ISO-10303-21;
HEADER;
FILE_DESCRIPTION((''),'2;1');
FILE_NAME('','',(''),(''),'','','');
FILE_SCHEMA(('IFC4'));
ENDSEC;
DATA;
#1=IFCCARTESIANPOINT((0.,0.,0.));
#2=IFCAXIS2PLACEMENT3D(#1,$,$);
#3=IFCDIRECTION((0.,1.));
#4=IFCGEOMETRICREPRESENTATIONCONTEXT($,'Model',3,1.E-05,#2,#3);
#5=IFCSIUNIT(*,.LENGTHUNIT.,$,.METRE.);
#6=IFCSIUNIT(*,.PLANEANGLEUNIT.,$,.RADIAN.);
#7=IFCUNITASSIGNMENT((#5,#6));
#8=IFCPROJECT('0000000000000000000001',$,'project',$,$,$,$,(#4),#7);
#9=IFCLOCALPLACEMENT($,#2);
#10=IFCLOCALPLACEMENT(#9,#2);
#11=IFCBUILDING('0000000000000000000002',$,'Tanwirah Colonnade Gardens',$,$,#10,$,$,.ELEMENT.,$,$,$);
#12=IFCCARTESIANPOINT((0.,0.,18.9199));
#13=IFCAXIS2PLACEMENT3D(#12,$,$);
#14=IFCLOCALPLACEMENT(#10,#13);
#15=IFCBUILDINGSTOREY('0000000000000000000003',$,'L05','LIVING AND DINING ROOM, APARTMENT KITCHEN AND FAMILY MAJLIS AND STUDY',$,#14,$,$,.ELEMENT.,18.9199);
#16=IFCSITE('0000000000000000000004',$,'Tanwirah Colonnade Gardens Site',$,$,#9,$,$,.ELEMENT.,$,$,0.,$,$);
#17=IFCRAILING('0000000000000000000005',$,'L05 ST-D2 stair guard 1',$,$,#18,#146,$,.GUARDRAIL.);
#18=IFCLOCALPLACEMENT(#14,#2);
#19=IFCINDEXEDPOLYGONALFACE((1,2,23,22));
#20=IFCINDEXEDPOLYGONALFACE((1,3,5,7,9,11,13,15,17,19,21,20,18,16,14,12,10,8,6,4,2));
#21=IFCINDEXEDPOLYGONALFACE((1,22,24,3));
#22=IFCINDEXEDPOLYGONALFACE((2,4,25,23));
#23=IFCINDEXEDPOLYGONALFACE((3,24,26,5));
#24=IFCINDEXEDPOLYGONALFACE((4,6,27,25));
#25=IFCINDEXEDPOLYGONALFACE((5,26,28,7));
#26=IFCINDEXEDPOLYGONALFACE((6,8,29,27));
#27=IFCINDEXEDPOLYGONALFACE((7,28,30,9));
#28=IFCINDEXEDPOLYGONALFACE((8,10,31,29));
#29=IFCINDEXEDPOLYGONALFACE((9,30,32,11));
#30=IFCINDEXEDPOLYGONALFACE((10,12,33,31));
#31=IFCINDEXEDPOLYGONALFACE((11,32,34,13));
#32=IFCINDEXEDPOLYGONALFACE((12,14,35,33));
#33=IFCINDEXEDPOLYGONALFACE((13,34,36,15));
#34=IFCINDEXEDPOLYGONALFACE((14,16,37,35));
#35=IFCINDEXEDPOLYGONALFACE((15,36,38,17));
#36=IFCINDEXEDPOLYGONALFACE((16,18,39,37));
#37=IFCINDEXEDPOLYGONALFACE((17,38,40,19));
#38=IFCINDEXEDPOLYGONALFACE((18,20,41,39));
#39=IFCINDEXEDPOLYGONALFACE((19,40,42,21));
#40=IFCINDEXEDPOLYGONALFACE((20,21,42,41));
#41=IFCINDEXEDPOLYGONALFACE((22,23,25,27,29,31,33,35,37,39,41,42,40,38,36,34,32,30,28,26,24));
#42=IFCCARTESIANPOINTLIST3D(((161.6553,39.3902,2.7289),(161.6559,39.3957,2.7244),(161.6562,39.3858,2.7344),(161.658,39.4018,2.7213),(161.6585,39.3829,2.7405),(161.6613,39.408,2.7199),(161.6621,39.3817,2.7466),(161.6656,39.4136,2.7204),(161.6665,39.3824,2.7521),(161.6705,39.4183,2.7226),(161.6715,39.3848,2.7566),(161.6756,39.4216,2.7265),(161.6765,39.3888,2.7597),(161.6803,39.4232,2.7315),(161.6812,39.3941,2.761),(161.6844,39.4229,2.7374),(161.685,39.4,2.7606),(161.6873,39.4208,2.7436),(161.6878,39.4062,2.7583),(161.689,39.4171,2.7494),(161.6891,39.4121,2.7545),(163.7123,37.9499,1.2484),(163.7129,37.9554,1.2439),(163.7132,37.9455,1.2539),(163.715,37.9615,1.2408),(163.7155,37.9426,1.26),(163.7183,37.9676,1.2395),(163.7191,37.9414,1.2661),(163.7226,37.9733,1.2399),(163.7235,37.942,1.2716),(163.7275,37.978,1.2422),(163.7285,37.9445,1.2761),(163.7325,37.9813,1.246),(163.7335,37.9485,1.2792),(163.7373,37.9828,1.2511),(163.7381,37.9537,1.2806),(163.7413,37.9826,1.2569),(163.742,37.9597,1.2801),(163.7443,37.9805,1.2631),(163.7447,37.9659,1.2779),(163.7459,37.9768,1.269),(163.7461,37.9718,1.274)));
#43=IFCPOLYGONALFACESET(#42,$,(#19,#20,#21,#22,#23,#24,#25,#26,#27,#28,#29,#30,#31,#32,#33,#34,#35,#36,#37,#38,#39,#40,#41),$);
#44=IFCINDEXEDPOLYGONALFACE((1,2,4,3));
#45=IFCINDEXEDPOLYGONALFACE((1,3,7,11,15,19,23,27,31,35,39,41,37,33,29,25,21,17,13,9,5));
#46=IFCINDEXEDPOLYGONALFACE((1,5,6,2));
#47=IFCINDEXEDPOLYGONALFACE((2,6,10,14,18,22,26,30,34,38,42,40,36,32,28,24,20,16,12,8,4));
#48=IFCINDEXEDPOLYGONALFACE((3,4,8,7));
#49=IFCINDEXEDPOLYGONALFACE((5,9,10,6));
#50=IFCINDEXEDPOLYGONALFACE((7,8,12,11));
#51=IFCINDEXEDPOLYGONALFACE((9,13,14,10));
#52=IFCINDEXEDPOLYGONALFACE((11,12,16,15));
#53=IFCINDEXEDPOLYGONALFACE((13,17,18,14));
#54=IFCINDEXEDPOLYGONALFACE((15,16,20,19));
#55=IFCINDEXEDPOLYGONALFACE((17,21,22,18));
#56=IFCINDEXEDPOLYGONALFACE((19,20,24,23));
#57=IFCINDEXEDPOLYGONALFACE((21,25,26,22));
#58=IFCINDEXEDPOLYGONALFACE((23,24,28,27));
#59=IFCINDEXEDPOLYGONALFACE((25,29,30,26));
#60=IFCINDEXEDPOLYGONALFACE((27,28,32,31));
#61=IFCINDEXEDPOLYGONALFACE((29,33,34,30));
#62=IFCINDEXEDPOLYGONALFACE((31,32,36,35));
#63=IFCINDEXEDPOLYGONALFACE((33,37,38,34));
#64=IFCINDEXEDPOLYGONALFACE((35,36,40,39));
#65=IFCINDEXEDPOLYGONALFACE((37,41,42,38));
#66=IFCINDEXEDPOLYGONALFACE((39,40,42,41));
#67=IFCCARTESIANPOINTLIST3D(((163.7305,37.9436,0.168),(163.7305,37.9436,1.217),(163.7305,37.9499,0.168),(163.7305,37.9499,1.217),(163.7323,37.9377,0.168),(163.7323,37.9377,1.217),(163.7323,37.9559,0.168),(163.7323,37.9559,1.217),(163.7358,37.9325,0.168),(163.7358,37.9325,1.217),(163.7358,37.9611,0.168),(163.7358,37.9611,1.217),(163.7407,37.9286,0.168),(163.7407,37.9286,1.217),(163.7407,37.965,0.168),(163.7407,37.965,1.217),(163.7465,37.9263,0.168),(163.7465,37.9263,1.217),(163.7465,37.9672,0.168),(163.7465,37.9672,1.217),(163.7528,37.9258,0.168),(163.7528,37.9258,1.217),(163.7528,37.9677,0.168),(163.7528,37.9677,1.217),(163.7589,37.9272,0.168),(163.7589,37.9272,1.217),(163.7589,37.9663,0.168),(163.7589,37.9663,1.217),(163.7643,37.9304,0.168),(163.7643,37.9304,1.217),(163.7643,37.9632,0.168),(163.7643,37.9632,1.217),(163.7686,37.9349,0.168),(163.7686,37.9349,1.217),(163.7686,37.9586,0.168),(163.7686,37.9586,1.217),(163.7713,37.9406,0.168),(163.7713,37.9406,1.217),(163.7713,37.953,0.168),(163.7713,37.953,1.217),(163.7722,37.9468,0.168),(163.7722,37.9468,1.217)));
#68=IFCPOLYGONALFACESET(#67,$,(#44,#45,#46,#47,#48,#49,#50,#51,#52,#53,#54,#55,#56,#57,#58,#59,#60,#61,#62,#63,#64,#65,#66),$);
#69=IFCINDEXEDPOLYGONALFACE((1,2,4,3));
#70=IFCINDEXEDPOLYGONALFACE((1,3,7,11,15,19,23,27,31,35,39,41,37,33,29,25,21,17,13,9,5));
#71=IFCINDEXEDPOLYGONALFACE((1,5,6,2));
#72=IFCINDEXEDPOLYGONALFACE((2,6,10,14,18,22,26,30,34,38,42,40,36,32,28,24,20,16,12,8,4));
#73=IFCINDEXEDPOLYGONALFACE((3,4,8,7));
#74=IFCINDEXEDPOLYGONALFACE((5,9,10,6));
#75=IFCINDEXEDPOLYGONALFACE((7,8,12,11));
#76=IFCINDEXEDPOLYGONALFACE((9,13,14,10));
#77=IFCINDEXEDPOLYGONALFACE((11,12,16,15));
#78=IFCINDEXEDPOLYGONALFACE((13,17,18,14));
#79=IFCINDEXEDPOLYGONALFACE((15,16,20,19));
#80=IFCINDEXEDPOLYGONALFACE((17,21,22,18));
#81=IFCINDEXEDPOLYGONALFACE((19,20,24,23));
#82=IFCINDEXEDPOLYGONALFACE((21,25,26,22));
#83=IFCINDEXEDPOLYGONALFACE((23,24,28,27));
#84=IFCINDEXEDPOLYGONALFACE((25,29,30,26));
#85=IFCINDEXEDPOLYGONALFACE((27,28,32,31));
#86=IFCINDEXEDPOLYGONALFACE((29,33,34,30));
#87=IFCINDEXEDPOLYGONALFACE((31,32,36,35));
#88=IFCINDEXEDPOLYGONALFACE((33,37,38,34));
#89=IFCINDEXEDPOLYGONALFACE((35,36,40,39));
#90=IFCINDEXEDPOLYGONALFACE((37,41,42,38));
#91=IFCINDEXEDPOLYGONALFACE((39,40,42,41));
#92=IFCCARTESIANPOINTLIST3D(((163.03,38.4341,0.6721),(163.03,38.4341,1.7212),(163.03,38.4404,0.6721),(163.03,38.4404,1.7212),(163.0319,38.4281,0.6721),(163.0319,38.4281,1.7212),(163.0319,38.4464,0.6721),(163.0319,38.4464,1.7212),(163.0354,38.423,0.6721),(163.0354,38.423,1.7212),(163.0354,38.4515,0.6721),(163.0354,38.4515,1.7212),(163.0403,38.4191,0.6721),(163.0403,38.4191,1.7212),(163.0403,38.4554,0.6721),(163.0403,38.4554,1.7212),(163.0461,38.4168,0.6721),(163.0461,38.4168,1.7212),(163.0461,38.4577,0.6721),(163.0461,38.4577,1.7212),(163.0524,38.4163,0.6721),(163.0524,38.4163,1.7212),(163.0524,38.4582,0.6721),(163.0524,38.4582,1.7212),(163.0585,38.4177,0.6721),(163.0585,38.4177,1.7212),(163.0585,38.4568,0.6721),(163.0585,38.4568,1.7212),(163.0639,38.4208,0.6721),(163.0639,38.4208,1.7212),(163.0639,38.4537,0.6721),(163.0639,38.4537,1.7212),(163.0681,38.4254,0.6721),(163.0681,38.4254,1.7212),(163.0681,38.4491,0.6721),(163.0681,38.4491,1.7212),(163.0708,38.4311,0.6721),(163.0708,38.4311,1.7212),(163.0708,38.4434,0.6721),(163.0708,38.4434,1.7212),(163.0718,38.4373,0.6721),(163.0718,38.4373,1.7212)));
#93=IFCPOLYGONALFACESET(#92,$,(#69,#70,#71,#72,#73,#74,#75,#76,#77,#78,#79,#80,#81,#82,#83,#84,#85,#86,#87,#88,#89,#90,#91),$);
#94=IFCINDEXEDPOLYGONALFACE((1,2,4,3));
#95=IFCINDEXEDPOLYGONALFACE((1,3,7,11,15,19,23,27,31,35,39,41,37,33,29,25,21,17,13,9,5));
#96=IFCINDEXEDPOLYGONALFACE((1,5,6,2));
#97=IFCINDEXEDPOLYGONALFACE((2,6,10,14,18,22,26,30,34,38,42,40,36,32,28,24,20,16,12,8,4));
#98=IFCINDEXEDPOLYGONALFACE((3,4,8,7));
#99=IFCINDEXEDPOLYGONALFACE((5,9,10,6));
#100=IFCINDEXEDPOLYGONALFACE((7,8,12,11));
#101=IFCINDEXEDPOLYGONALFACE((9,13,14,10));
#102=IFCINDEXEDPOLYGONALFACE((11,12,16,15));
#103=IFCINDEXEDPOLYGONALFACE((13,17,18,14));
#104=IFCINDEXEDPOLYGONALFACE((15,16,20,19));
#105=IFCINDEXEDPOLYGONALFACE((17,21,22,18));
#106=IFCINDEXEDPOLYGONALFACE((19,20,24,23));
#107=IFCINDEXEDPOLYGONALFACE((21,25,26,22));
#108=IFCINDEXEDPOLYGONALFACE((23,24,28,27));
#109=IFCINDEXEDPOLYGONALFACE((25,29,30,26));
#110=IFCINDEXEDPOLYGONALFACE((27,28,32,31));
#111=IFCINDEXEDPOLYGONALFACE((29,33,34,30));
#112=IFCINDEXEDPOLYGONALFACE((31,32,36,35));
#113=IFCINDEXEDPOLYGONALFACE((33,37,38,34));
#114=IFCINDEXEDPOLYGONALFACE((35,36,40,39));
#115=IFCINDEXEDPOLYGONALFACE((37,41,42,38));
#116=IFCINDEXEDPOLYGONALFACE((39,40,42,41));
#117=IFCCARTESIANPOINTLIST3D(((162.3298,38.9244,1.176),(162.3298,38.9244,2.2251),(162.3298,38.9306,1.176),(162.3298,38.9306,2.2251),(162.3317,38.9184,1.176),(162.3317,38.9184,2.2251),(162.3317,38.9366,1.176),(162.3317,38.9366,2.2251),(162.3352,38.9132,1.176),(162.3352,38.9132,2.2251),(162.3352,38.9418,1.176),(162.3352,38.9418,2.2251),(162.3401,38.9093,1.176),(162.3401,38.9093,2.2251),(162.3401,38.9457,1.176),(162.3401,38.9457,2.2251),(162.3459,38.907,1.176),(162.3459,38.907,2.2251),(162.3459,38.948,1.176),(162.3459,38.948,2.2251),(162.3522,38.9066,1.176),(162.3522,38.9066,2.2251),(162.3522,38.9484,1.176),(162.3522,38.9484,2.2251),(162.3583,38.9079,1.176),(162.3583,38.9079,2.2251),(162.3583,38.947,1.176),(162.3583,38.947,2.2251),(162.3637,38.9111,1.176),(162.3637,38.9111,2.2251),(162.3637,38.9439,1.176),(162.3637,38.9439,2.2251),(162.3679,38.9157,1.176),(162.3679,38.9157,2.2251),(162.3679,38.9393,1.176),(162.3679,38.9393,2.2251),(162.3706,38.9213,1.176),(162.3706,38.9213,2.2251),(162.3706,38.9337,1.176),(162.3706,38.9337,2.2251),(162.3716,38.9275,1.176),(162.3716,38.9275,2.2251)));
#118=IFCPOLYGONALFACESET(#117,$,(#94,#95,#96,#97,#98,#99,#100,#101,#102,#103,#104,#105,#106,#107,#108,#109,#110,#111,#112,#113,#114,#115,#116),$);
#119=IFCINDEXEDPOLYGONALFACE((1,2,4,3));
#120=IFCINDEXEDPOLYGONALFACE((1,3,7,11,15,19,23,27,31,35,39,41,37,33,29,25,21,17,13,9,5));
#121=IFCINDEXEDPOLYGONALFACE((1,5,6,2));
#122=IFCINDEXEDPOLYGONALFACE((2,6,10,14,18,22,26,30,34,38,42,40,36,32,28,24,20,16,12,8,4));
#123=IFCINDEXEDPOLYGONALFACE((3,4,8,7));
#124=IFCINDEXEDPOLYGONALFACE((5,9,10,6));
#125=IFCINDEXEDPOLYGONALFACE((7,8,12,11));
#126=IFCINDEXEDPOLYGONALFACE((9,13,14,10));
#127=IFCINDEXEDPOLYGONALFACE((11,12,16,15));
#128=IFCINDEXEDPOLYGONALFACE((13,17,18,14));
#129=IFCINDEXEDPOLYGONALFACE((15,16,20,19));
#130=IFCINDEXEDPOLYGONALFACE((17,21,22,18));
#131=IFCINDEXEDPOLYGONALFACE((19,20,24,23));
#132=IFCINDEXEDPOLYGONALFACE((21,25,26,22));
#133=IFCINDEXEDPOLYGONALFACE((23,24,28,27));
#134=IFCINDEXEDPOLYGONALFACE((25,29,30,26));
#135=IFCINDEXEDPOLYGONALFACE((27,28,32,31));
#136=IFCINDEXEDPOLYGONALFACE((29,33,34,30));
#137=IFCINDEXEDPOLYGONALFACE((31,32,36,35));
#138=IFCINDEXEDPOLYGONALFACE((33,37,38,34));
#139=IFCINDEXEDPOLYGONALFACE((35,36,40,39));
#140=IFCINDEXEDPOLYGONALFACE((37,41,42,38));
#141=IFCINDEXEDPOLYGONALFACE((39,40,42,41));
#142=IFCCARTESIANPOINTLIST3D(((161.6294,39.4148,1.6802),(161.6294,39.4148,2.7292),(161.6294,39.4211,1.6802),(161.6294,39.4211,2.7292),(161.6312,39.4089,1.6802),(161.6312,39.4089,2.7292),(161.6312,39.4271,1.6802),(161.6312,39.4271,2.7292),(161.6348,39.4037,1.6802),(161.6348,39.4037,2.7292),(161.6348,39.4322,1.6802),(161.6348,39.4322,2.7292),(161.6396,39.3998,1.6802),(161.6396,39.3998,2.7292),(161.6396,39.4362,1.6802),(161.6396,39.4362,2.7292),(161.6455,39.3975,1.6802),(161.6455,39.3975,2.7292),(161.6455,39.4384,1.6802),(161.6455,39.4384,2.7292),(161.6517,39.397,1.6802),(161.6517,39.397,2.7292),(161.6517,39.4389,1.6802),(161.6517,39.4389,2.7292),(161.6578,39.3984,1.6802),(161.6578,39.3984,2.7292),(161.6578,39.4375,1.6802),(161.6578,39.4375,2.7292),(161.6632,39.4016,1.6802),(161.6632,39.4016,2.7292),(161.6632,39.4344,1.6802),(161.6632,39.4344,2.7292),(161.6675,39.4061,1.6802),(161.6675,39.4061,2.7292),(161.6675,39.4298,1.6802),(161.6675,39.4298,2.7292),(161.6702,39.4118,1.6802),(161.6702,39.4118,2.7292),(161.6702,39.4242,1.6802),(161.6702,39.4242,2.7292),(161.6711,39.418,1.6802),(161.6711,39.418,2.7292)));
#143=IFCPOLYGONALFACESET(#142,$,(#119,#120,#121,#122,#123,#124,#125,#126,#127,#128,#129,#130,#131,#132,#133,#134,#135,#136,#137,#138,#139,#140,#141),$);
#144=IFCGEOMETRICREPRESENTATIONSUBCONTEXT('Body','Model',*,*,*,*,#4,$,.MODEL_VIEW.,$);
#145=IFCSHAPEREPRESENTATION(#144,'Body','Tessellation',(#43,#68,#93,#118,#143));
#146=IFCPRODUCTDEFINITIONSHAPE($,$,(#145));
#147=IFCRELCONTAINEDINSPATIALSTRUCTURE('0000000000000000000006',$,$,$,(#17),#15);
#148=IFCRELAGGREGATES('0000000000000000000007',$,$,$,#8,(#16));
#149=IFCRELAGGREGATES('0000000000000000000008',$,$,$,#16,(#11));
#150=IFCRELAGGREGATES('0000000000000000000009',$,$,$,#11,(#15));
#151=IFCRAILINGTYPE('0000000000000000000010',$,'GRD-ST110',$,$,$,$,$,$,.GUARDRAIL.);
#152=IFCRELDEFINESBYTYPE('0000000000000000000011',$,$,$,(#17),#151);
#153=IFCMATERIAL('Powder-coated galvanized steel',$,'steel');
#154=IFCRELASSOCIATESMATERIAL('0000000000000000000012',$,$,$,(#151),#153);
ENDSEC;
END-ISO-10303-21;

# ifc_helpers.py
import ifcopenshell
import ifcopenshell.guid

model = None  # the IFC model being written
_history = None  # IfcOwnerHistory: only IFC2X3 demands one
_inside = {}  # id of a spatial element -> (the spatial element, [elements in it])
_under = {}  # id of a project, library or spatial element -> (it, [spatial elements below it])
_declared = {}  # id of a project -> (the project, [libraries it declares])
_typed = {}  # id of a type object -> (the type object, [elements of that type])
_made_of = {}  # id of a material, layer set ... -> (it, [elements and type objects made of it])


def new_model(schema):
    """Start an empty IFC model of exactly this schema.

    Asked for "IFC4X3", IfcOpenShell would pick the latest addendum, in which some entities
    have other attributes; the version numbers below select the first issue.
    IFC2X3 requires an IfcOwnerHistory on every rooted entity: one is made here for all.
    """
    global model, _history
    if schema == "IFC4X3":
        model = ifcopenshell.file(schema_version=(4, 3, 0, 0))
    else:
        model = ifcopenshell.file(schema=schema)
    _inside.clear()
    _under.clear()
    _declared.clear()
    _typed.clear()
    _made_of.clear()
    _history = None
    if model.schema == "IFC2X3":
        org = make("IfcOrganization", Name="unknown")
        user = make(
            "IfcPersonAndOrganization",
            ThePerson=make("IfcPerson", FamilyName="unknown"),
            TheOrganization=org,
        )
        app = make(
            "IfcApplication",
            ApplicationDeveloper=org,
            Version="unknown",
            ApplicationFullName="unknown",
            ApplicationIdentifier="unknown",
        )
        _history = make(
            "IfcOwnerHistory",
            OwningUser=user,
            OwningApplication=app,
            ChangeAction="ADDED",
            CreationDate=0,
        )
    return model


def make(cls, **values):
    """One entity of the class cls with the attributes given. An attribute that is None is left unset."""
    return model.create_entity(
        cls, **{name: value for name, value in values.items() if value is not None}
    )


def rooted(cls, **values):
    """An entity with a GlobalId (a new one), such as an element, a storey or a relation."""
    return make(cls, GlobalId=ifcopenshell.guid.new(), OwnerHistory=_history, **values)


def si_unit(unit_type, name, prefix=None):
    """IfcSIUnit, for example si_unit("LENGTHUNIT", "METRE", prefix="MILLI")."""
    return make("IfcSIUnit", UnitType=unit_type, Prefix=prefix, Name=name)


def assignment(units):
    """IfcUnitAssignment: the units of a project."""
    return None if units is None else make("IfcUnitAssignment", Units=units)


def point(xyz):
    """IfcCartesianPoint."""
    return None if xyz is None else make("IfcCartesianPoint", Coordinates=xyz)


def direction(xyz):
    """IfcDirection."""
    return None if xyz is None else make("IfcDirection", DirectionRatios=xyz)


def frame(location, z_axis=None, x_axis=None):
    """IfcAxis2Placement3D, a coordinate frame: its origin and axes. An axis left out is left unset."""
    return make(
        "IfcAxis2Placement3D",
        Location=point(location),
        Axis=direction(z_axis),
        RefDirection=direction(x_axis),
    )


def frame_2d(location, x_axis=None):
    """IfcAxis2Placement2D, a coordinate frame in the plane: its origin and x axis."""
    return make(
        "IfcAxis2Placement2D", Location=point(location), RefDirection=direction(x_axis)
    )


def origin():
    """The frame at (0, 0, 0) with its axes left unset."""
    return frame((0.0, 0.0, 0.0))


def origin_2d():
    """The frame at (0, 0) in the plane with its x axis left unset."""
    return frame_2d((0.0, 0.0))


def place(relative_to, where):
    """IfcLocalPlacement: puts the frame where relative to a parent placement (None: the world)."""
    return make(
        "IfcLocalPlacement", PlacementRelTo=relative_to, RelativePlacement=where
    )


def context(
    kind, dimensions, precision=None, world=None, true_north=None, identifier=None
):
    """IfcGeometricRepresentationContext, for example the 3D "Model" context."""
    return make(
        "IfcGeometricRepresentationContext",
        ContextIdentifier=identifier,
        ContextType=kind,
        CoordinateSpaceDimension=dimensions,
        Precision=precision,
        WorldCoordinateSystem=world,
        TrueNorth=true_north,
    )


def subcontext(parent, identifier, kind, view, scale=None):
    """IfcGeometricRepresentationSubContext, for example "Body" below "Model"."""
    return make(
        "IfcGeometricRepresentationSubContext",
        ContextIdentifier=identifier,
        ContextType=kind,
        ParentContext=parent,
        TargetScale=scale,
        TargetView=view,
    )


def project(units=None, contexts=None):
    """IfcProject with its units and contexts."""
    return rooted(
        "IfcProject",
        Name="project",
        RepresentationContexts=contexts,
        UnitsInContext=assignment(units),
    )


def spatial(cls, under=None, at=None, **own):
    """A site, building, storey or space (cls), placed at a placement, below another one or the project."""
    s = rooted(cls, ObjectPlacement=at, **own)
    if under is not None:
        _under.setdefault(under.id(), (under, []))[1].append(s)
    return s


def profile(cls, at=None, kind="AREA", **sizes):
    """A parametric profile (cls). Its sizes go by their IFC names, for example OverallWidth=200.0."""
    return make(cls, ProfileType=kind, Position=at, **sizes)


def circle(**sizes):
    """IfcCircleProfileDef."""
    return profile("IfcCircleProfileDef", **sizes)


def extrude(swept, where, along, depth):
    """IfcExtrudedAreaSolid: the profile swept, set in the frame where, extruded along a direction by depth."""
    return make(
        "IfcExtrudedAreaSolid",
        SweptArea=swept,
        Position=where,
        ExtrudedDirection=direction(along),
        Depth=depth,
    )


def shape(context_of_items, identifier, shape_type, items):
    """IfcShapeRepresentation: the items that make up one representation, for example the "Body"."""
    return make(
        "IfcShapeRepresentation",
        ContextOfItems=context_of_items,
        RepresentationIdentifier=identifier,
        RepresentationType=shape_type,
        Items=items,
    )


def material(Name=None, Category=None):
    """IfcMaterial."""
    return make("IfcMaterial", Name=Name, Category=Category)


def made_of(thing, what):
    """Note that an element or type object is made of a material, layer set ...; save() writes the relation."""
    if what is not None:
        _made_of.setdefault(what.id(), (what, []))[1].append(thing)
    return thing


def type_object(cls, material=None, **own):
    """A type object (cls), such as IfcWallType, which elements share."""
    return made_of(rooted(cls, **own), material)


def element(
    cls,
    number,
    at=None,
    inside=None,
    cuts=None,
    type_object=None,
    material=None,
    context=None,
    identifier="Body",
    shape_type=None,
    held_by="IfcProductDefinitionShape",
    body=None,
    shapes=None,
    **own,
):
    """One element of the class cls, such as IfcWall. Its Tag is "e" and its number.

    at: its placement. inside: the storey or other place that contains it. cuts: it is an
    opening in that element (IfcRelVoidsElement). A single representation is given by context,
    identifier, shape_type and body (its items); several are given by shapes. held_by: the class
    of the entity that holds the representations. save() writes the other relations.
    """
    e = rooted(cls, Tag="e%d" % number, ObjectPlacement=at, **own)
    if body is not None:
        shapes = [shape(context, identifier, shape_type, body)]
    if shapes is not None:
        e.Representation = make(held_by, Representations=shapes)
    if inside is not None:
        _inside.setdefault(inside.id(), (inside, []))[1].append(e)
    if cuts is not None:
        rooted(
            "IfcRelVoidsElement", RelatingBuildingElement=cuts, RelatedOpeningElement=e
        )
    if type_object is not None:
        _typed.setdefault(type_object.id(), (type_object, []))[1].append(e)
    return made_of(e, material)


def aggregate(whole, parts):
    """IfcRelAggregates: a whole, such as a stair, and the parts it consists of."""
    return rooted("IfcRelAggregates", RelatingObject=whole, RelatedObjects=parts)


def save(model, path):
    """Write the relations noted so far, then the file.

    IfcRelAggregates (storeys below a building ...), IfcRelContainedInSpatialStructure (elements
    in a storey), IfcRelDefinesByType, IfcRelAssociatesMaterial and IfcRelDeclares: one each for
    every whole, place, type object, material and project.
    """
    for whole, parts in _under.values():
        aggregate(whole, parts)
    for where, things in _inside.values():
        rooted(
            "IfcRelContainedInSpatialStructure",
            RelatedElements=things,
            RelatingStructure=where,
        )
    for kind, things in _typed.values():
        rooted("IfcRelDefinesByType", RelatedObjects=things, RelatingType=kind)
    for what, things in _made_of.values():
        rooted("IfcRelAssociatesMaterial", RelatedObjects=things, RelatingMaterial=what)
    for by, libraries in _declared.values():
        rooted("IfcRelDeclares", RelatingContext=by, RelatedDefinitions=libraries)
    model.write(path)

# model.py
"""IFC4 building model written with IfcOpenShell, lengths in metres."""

from ifc_helpers import new_model, si_unit, direction, frame, origin, origin_2d, place, context, subcontext, project, spatial, circle, extrude, material, type_object, element, save


model = new_model("IFC4")

# Units and contexts
model_context = context("Model", 3, precision=1e-05, world=origin(), true_north=direction((0.0, 1.0)))
body_context = subcontext(model_context, "Body", "Model", "MODEL_VIEW")
ifc_project = project(units=[si_unit("LENGTHUNIT", "METRE"), si_unit("PLANEANGLEUNIT", "RADIAN")], contexts=[model_context])

# Site, building, storey
site_placement = place(None, origin())
site = spatial("IfcSite", under=ifc_project, at=site_placement, Name="Tanwirah Colonnade Gardens Site", CompositionType="ELEMENT", RefElevation=0.0)
building_placement = place(site_placement, origin())
building = spatial("IfcBuilding", under=site, at=building_placement, Name="Tanwirah Colonnade Gardens", CompositionType="ELEMENT")
storey_placement = place(building_placement, frame((0.0, 0.0, 18.9199)))
storey = spatial("IfcBuildingStorey", under=building, at=storey_placement, Name="L05", Description="LIVING AND DINING ROOM, APARTMENT KITCHEN AND FAMILY MAJLIS AND STUDY", CompositionType="ELEMENT", Elevation=18.9199)

# Railing
ifc_material_1 = material(Name="Powder-coated galvanized steel", Category="steel")
railing_type_1 = type_object("IfcRailingType", Name="GRD-ST110", PredefinedType="GUARDRAIL", material=ifc_material_1)
railing_1_placement = place(storey_placement, frame((163.7512, 37.9468, 0.168)))
element("IfcRailing", 1, at=railing_1_placement, inside=storey, type_object=railing_type_1, Name="L05 ST-D2 stair guard 1", PredefinedType="GUARDRAIL", context=body_context, shape_type="SweptSolid", body=[
    extrude(circle(Radius=0.0239, at=origin_2d()), frame((-0.022, 0.0154, 1.092), z_axis=(-0.705643, 0.494098, 0.507873), x_axis=(-0.573577, -0.819151, 0.0)), (0.0, 0.0, 1.0), 2.915),
    extrude(circle(Radius=0.021, at=origin_2d()), origin(), (0.0, 0.0, 1.0), 1.0491),
    extrude(circle(Radius=0.021, at=origin_2d()), frame((-0.7004, 0.4905, 0.5042)), (0.0, 0.0, 1.0), 1.0491),
    extrude(circle(Radius=0.021, at=origin_2d()), frame((-1.4006, 0.9807, 1.0081)), (0.0, 0.0, 1.0), 1.0491),
    extrude(circle(Radius=0.021, at=origin_2d()), frame((-2.1011, 1.4712, 1.5122)), (0.0, 0.0, 1.0), 1.0491),
])

save(model, "model.ifc")
